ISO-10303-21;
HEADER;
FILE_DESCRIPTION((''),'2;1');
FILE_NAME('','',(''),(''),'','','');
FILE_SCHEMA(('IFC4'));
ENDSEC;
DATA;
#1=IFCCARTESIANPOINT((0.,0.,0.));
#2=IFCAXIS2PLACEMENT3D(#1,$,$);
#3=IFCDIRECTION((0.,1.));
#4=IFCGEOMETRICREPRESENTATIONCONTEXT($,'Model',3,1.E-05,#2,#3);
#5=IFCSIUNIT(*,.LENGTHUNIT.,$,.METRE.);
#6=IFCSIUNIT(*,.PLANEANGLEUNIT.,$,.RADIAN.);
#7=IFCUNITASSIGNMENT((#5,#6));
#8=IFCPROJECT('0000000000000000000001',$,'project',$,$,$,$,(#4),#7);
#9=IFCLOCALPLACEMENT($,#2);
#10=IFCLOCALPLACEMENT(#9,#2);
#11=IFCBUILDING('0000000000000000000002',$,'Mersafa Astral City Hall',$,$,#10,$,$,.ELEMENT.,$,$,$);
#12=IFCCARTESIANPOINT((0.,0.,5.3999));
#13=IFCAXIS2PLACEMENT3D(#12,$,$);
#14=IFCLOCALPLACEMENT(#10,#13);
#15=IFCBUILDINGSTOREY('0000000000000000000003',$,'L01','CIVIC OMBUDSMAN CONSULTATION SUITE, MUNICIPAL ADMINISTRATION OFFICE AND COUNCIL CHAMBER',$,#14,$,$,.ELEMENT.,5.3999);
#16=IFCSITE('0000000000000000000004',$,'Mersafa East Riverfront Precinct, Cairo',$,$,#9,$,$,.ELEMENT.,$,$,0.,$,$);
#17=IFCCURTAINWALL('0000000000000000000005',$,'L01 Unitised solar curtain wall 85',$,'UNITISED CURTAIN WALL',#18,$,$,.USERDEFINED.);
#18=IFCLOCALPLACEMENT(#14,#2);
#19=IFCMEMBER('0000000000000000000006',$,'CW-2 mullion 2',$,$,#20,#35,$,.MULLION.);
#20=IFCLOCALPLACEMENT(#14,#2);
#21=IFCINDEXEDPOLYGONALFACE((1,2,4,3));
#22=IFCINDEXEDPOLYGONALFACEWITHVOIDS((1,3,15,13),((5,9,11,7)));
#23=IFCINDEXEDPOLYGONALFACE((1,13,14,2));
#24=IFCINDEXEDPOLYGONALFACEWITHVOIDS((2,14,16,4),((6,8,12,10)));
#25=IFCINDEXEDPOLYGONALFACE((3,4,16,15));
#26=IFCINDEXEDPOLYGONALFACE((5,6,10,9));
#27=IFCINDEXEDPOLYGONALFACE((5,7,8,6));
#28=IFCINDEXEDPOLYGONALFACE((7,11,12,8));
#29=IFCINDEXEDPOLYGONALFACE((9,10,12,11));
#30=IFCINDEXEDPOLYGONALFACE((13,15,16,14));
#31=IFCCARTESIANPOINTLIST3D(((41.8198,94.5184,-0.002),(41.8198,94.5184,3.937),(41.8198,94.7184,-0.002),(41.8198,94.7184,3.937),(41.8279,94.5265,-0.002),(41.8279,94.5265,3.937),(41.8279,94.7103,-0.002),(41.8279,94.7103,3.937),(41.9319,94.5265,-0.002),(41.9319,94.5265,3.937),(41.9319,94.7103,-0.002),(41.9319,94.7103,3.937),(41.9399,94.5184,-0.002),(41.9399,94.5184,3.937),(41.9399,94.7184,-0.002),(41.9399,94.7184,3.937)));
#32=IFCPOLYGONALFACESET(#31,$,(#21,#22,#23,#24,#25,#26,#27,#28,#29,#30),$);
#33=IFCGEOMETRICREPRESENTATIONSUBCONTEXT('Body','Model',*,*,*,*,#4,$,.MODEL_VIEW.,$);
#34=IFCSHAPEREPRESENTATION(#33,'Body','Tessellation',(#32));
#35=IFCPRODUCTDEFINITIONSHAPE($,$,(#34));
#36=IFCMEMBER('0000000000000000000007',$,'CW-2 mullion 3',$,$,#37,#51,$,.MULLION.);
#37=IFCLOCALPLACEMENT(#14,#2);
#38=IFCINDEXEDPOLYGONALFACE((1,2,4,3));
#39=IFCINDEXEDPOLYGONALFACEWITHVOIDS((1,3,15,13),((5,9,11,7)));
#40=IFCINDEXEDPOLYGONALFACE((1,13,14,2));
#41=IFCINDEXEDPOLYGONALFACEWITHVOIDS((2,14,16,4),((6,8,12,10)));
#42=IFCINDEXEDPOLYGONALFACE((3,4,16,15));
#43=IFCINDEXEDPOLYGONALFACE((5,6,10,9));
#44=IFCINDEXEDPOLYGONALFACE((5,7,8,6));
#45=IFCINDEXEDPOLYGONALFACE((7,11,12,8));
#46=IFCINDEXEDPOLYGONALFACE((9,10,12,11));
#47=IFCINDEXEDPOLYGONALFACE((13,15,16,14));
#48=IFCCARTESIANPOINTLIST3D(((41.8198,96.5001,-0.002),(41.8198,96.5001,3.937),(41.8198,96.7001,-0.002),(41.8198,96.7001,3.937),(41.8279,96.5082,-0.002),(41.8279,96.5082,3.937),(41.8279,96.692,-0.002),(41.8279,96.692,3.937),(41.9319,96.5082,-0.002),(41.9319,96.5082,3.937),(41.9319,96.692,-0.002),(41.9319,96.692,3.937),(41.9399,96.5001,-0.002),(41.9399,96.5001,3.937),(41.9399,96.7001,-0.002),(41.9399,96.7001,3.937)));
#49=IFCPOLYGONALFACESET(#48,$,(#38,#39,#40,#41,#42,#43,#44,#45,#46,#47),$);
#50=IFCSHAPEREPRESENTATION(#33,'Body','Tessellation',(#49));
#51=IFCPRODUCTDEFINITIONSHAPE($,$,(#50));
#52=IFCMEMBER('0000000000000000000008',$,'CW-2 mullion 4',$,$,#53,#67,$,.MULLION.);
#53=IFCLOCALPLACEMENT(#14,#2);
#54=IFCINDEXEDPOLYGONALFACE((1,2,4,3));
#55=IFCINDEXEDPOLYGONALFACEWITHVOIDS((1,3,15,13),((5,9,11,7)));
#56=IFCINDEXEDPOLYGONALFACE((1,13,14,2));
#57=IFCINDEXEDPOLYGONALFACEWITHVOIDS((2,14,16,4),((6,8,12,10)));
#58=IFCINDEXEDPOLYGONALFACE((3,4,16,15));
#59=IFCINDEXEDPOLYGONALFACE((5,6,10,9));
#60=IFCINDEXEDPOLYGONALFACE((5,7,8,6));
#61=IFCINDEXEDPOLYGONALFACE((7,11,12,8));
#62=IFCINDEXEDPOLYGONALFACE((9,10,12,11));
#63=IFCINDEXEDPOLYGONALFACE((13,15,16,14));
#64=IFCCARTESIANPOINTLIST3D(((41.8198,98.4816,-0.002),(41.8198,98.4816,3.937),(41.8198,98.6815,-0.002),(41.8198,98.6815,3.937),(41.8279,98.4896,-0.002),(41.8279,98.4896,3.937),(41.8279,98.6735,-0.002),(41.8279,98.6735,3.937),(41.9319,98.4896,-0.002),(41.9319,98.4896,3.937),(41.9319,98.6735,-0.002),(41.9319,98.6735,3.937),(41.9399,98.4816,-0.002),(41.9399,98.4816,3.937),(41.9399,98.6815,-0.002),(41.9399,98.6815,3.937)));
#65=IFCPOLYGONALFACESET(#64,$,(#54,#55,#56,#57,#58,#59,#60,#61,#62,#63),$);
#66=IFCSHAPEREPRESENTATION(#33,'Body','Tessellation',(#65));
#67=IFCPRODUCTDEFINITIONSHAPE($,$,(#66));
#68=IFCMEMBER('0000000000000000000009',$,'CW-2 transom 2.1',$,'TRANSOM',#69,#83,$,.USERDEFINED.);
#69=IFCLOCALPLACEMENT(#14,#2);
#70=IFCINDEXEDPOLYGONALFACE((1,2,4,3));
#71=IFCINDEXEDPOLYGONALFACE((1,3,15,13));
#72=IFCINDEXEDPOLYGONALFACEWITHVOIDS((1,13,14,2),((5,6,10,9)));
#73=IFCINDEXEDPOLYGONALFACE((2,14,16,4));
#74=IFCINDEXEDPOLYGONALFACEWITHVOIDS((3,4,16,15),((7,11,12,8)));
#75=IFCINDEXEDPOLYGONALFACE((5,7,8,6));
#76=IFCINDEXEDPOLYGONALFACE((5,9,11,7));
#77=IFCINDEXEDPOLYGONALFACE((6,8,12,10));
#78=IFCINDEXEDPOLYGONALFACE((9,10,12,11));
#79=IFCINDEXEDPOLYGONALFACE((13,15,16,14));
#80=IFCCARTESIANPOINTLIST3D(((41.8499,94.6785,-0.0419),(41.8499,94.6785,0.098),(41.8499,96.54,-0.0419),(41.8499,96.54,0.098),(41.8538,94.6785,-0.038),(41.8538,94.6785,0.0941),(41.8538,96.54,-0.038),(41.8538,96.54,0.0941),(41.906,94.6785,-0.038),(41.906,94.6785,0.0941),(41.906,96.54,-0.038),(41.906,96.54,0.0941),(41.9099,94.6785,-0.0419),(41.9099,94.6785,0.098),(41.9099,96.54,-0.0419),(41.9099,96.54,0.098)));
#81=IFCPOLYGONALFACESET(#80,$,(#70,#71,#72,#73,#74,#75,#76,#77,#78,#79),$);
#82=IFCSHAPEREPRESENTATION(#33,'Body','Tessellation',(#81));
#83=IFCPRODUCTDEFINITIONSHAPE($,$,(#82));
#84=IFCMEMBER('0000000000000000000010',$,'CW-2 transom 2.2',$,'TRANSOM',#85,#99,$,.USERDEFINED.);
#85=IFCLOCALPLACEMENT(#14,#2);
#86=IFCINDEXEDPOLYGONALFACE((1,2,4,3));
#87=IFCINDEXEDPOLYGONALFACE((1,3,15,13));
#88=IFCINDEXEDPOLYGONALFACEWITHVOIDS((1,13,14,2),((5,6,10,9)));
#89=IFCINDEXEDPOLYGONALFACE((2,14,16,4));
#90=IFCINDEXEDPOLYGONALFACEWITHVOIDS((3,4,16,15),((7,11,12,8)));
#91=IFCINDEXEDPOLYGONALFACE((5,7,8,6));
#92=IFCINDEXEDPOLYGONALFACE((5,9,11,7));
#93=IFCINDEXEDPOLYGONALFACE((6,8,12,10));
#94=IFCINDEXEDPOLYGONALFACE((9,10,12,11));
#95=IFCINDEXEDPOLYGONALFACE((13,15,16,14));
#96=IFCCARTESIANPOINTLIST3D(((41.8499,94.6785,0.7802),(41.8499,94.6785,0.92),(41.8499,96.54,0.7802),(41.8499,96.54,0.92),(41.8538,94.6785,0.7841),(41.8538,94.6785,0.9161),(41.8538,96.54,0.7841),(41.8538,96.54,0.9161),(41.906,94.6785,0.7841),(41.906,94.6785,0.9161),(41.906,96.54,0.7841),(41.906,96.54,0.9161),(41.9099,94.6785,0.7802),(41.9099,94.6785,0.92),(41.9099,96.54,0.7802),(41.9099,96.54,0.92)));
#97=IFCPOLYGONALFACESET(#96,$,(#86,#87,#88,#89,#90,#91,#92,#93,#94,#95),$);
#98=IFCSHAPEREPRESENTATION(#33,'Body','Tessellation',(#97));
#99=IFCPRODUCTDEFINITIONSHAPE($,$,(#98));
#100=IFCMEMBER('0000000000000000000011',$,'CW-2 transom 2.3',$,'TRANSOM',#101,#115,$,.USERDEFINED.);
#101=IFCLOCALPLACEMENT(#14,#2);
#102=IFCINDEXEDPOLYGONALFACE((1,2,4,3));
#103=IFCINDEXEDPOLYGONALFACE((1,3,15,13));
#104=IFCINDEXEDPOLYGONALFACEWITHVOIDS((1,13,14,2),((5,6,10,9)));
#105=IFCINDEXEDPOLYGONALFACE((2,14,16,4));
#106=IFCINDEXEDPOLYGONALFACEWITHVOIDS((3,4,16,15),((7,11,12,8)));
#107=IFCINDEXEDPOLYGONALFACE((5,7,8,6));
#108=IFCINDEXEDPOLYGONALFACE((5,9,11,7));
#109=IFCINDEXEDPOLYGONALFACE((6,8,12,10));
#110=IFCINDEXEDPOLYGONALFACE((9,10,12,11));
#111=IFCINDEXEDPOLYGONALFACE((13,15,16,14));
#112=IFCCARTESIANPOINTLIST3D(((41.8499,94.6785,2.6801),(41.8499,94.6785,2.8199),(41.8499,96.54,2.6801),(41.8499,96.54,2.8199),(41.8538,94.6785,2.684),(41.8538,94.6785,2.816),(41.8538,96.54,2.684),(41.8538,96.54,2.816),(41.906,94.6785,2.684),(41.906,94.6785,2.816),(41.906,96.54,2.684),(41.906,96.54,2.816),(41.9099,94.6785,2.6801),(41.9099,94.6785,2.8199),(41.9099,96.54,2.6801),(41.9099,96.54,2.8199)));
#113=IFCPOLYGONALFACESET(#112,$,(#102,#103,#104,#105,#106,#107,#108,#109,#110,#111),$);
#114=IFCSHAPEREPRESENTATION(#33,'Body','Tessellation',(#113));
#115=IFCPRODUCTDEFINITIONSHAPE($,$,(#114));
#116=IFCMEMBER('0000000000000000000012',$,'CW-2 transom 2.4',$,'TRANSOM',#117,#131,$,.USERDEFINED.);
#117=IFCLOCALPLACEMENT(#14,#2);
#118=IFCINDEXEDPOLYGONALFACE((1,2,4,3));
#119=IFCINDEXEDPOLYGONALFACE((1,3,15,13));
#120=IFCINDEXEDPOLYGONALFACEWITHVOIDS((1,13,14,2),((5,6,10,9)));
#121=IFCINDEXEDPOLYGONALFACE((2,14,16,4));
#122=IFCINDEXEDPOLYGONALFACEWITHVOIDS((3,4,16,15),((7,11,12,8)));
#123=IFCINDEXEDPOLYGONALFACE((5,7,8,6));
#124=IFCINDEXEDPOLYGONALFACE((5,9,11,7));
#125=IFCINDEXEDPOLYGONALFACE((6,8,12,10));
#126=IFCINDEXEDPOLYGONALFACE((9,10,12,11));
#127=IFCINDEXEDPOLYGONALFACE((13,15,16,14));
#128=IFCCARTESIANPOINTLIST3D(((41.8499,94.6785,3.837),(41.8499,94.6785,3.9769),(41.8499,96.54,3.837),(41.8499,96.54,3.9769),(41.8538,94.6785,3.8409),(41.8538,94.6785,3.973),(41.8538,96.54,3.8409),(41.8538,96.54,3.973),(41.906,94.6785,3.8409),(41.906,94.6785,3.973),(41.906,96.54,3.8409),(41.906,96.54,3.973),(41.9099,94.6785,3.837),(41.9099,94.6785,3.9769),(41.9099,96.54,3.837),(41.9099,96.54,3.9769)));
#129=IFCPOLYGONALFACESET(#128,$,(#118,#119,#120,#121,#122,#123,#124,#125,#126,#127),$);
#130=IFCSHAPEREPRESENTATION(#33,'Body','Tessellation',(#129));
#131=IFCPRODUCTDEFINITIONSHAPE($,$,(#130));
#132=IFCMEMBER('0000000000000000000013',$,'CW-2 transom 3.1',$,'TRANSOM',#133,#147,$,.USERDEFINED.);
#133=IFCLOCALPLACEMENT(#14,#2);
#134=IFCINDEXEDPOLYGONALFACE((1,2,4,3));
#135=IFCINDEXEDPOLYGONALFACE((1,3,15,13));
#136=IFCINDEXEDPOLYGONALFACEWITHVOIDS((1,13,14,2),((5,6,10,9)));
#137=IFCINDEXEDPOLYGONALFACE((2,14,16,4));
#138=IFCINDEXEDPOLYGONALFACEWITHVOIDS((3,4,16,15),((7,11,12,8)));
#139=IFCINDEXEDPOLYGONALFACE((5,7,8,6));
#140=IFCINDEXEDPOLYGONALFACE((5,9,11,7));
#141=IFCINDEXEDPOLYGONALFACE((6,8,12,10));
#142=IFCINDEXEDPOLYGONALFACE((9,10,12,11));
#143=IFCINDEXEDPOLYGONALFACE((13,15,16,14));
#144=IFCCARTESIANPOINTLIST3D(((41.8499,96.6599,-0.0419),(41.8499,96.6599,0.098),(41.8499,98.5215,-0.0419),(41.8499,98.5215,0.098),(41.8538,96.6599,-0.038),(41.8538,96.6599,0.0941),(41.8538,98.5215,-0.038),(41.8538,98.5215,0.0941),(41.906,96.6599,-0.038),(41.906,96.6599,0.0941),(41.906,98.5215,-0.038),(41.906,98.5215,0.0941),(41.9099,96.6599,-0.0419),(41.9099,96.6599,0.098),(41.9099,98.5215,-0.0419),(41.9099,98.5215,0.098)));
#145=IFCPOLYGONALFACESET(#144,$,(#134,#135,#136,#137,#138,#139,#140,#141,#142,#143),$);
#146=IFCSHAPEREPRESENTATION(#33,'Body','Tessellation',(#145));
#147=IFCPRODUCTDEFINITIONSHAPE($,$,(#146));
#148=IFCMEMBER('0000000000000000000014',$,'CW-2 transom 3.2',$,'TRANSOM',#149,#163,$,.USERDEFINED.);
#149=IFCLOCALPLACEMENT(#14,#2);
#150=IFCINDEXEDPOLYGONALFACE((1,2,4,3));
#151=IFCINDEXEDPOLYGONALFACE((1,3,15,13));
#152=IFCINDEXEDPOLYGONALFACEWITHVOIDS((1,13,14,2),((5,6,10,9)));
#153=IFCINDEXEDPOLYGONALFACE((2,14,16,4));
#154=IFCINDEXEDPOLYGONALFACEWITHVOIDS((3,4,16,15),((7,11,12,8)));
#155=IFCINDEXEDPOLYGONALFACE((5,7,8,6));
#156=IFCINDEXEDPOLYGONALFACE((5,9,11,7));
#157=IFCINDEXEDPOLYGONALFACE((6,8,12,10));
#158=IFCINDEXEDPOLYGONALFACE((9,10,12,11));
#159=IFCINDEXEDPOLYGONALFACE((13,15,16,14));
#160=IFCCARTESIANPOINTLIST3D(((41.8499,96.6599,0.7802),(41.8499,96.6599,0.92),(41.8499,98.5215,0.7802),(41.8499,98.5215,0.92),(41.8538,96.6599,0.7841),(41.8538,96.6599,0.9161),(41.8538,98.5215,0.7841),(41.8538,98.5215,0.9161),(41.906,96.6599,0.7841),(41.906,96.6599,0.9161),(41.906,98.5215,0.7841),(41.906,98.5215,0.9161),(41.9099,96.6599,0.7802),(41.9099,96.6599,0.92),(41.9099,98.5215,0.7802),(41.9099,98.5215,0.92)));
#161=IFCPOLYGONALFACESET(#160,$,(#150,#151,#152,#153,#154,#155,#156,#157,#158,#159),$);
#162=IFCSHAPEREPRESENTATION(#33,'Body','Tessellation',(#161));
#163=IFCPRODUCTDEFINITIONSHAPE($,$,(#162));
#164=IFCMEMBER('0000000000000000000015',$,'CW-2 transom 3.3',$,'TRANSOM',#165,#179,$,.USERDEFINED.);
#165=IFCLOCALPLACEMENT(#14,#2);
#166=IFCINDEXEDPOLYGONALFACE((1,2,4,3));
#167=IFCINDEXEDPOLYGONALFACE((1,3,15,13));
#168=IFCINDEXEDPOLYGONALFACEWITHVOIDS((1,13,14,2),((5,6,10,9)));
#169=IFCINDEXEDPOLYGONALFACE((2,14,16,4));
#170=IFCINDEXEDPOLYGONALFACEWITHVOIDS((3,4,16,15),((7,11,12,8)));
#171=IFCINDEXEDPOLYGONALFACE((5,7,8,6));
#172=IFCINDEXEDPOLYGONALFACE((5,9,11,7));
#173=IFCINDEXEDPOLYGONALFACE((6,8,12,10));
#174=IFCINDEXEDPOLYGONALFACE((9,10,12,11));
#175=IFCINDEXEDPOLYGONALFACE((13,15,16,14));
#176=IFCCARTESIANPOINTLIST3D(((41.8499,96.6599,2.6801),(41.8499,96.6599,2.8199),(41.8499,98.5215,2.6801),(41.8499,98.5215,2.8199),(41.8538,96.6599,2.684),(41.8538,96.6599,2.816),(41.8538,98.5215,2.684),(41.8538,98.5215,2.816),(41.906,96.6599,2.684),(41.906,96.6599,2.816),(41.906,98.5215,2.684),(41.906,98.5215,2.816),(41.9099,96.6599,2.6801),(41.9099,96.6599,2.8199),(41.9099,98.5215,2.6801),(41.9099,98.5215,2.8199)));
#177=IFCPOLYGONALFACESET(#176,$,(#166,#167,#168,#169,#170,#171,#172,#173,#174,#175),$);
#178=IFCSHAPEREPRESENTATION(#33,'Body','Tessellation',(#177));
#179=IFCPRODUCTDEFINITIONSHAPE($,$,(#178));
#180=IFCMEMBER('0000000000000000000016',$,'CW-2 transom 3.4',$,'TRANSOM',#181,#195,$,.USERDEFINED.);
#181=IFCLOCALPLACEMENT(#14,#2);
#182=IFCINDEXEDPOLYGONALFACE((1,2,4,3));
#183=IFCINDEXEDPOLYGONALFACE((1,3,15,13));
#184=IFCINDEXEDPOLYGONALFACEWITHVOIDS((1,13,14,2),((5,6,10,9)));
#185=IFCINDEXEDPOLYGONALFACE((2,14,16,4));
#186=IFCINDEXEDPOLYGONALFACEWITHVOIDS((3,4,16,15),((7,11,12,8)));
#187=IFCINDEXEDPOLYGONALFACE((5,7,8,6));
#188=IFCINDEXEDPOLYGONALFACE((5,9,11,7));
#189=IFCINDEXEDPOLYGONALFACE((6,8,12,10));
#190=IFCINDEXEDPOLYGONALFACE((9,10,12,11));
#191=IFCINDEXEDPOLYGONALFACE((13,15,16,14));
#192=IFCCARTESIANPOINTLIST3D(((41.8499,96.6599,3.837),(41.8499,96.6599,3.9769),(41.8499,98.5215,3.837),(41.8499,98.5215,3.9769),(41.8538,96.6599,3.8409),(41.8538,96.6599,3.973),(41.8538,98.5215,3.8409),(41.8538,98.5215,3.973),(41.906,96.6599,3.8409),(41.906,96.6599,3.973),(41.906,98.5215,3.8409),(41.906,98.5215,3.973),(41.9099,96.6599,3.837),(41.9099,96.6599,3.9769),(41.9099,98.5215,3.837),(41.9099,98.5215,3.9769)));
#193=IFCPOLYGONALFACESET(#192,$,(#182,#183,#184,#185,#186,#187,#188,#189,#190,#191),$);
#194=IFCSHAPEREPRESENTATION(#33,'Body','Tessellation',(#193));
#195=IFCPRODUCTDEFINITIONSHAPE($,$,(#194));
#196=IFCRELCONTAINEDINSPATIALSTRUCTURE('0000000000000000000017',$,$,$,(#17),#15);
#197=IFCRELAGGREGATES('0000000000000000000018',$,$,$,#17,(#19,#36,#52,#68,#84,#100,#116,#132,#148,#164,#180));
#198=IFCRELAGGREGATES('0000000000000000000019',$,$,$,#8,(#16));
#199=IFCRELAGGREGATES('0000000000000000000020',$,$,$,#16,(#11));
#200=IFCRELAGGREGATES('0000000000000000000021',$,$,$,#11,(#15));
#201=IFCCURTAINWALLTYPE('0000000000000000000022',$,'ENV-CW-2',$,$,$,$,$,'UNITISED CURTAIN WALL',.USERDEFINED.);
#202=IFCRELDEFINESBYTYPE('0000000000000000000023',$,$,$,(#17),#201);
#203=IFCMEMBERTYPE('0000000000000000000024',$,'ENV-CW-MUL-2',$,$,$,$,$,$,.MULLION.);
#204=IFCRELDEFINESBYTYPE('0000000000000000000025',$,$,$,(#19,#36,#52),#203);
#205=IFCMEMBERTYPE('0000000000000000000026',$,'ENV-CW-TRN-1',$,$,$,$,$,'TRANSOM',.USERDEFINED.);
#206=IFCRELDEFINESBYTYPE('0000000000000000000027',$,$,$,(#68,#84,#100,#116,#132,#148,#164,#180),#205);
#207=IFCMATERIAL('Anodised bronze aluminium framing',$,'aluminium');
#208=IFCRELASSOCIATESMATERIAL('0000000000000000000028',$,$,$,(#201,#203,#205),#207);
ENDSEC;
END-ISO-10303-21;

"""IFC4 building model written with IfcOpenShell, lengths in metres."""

from ifc_helpers import new_model, si_unit, direction, frame, origin, origin_2d, place, context, subcontext, project, spatial, hollow_rectangle, extrude, material, material_profile, profile_set, type_object, element, aggregate, save


model = new_model("IFC4")

# Units and contexts
model_context = context("Model", 3, precision=1e-05, world=origin(), true_north=direction((0.0, 1.0)))
body_context = subcontext(model_context, "Body", "Model", "MODEL_VIEW")
ifc_project = project(units=[si_unit("LENGTHUNIT", "METRE"), si_unit("PLANEANGLEUNIT", "RADIAN")], contexts=[model_context])

# Site, building, storey
site_placement = place(None, origin())
site = spatial("IfcSite", under=ifc_project, at=site_placement, Name="Mersafa East Riverfront Precinct, Cairo", CompositionType="ELEMENT", RefElevation=0.0)
building_placement = place(site_placement, origin())
building = spatial("IfcBuilding", under=site, at=building_placement, Name="Mersafa Astral City Hall", CompositionType="ELEMENT")
storey_placement = place(building_placement, frame((0.0, 0.0, 5.3999)))
storey = spatial("IfcBuildingStorey", under=building, at=storey_placement, Name="L01", Description="CIVIC OMBUDSMAN CONSULTATION SUITE, MUNICIPAL ADMINISTRATION OFFICE AND COUNCIL CHAMBER", CompositionType="ELEMENT", Elevation=5.3999)

# Curtain wall, members
ifc_material_1 = material(Name="Anodised bronze aluminium framing", Category="aluminium")
curtain_wall_type = type_object("IfcCurtainWallType", Name="ENV-CW-2", ElementType="UNITISED CURTAIN WALL", PredefinedType="USERDEFINED", material=ifc_material_1)
curtain_wall_placement = place(storey_placement, origin())
curtain_wall = element("IfcCurtainWall", 1, at=curtain_wall_placement, inside=storey, type_object=curtain_wall_type, Name="L01 Unitised solar curtain wall 85", ObjectType="UNITISED CURTAIN WALL", PredefinedType="USERDEFINED")
ifc_material_profile_1 = material_profile(ifc_material_1, hollow_rectangle(XDim=0.1201, YDim=0.2, WallThickness=0.0081, at=origin_2d()), Name="RHS 120x200x8")
ifc_profile_set_1 = profile_set([ifc_material_profile_1], Name="Anodised bronze aluminium framing")
member_type_1 = type_object("IfcMemberType", Name="ENV-CW-MUL-2", PredefinedType="MULLION", material=ifc_profile_set_1)
member_1_placement = place(storey_placement, frame((41.8799, 94.6184, -0.002), z_axis=(0.0, 0.0, 1.0), x_axis=(-1.0, 0.0, 0.0)))
member_1 = element("IfcMember", 2, at=member_1_placement, type_object=member_type_1, Name="CW-2 mullion 2", PredefinedType="MULLION", context=body_context, shape_type="SweptSolid", body=[
    extrude(hollow_rectangle(XDim=0.1201, YDim=0.2, WallThickness=0.0081, at=origin_2d()), origin(), (0.0, 0.0, 1.0), 3.939),
])
member_2_placement = place(storey_placement, frame((41.8799, 96.6001, -0.002), z_axis=(0.0, 0.0, 1.0), x_axis=(-1.0, 0.0, 0.0)))
member_2 = element("IfcMember", 3, at=member_2_placement, type_object=member_type_1, Name="CW-2 mullion 3", PredefinedType="MULLION", context=body_context, shape_type="SweptSolid", body=[
    extrude(hollow_rectangle(XDim=0.1201, YDim=0.2, WallThickness=0.0081, at=origin_2d()), origin(), (0.0, 0.0, 1.0), 3.939),
])
member_3_placement = place(storey_placement, frame((41.8799, 98.5815, -0.002), z_axis=(0.0, 0.0, 1.0), x_axis=(-1.0, 0.0, 0.0)))
member_3 = element("IfcMember", 4, at=member_3_placement, type_object=member_type_1, Name="CW-2 mullion 4", PredefinedType="MULLION", context=body_context, shape_type="SweptSolid", body=[
    extrude(hollow_rectangle(XDim=0.1201, YDim=0.2, WallThickness=0.0081, at=origin_2d()), origin(), (0.0, 0.0, 1.0), 3.939),
])
ifc_material_profile_2 = material_profile(ifc_material_1, hollow_rectangle(XDim=0.0601, YDim=0.1399, WallThickness=0.0039, at=origin_2d()), Name="RHS 60x140x4")
ifc_profile_set_2 = profile_set([ifc_material_profile_2], Name="Anodised bronze aluminium framing")
member_type_2 = type_object("IfcMemberType", Name="ENV-CW-TRN-1", ElementType="TRANSOM", PredefinedType="USERDEFINED", material=ifc_profile_set_2)
member_4_placement = place(storey_placement, frame((41.8799, 94.6785, 0.0281), z_axis=(0.0, 1.0, 0.0), x_axis=(-1.0, 0.0, 0.0)))
member_4 = element("IfcMember", 5, at=member_4_placement, type_object=member_type_2, Name="CW-2 transom 2.1", ObjectType="TRANSOM", PredefinedType="USERDEFINED", context=body_context, shape_type="SweptSolid", body=[
    extrude(hollow_rectangle(XDim=0.0601, YDim=0.1399, WallThickness=0.0039, at=origin_2d()), origin(), (0.0, 0.0, 1.0), 1.8616),
])
member_5_placement = place(storey_placement, frame((41.8799, 94.6785, 0.8501), z_axis=(0.0, 1.0, 0.0), x_axis=(-1.0, 0.0, 0.0)))
member_5 = element("IfcMember", 6, at=member_5_placement, type_object=member_type_2, Name="CW-2 transom 2.2", ObjectType="TRANSOM", PredefinedType="USERDEFINED", context=body_context, shape_type="SweptSolid", body=[
    extrude(hollow_rectangle(XDim=0.0601, YDim=0.1399, WallThickness=0.0039, at=origin_2d()), origin(), (0.0, 0.0, 1.0), 1.8616),
])
member_6_placement = place(storey_placement, frame((41.8799, 94.6785, 2.75), z_axis=(0.0, 1.0, 0.0), x_axis=(-1.0, 0.0, 0.0)))
member_6 = element("IfcMember", 7, at=member_6_placement, type_object=member_type_2, Name="CW-2 transom 2.3", ObjectType="TRANSOM", PredefinedType="USERDEFINED", context=body_context, shape_type="SweptSolid", body=[
    extrude(hollow_rectangle(XDim=0.0601, YDim=0.1399, WallThickness=0.0039, at=origin_2d()), origin(), (0.0, 0.0, 1.0), 1.8616),
])
member_7_placement = place(storey_placement, frame((41.8799, 94.6785, 3.907), z_axis=(0.0, 1.0, 0.0), x_axis=(-1.0, 0.0, 0.0)))
member_7 = element("IfcMember", 8, at=member_7_placement, type_object=member_type_2, Name="CW-2 transom 2.4", ObjectType="TRANSOM", PredefinedType="USERDEFINED", context=body_context, shape_type="SweptSolid", body=[
    extrude(hollow_rectangle(XDim=0.0601, YDim=0.1399, WallThickness=0.0039, at=origin_2d()), origin(), (0.0, 0.0, 1.0), 1.8616),
])
member_8_placement = place(storey_placement, frame((41.8799, 96.6599, 0.0281), z_axis=(0.0, 1.0, 0.0), x_axis=(-1.0, 0.0, 0.0)))
member_8 = element("IfcMember", 9, at=member_8_placement, type_object=member_type_2, Name="CW-2 transom 3.1", ObjectType="TRANSOM", PredefinedType="USERDEFINED", context=body_context, shape_type="SweptSolid", body=[
    extrude(hollow_rectangle(XDim=0.0601, YDim=0.1399, WallThickness=0.0039, at=origin_2d()), origin(), (0.0, 0.0, 1.0), 1.8616),
])
member_9_placement = place(storey_placement, frame((41.8799, 96.6599, 0.8501), z_axis=(0.0, 1.0, 0.0), x_axis=(-1.0, 0.0, 0.0)))
member_9 = element("IfcMember", 10, at=member_9_placement, type_object=member_type_2, Name="CW-2 transom 3.2", ObjectType="TRANSOM", PredefinedType="USERDEFINED", context=body_context, shape_type="SweptSolid", body=[
    extrude(hollow_rectangle(XDim=0.0601, YDim=0.1399, WallThickness=0.0039, at=origin_2d()), origin(), (0.0, 0.0, 1.0), 1.8616),
])
member_10_placement = place(storey_placement, frame((41.8799, 96.6599, 2.75), z_axis=(0.0, 1.0, 0.0), x_axis=(-1.0, 0.0, 0.0)))
member_10 = element("IfcMember", 11, at=member_10_placement, type_object=member_type_2, Name="CW-2 transom 3.3", ObjectType="TRANSOM", PredefinedType="USERDEFINED", context=body_context, shape_type="SweptSolid", body=[
    extrude(hollow_rectangle(XDim=0.0601, YDim=0.1399, WallThickness=0.0039, at=origin_2d()), origin(), (0.0, 0.0, 1.0), 1.8616),
])
member_11_placement = place(storey_placement, frame((41.8799, 96.6599, 3.907), z_axis=(0.0, 1.0, 0.0), x_axis=(-1.0, 0.0, 0.0)))
member_11 = element("IfcMember", 12, at=member_11_placement, type_object=member_type_2, Name="CW-2 transom 3.4", ObjectType="TRANSOM", PredefinedType="USERDEFINED", context=body_context, shape_type="SweptSolid", body=[
    extrude(hollow_rectangle(XDim=0.0601, YDim=0.1399, WallThickness=0.0039, at=origin_2d()), origin(), (0.0, 0.0, 1.0), 1.8616),
])

aggregate(curtain_wall, [member_1, member_2, member_3, member_4, member_5, member_6, member_7, member_8, member_9, member_10, member_11])

save(model, "model.ifc")
